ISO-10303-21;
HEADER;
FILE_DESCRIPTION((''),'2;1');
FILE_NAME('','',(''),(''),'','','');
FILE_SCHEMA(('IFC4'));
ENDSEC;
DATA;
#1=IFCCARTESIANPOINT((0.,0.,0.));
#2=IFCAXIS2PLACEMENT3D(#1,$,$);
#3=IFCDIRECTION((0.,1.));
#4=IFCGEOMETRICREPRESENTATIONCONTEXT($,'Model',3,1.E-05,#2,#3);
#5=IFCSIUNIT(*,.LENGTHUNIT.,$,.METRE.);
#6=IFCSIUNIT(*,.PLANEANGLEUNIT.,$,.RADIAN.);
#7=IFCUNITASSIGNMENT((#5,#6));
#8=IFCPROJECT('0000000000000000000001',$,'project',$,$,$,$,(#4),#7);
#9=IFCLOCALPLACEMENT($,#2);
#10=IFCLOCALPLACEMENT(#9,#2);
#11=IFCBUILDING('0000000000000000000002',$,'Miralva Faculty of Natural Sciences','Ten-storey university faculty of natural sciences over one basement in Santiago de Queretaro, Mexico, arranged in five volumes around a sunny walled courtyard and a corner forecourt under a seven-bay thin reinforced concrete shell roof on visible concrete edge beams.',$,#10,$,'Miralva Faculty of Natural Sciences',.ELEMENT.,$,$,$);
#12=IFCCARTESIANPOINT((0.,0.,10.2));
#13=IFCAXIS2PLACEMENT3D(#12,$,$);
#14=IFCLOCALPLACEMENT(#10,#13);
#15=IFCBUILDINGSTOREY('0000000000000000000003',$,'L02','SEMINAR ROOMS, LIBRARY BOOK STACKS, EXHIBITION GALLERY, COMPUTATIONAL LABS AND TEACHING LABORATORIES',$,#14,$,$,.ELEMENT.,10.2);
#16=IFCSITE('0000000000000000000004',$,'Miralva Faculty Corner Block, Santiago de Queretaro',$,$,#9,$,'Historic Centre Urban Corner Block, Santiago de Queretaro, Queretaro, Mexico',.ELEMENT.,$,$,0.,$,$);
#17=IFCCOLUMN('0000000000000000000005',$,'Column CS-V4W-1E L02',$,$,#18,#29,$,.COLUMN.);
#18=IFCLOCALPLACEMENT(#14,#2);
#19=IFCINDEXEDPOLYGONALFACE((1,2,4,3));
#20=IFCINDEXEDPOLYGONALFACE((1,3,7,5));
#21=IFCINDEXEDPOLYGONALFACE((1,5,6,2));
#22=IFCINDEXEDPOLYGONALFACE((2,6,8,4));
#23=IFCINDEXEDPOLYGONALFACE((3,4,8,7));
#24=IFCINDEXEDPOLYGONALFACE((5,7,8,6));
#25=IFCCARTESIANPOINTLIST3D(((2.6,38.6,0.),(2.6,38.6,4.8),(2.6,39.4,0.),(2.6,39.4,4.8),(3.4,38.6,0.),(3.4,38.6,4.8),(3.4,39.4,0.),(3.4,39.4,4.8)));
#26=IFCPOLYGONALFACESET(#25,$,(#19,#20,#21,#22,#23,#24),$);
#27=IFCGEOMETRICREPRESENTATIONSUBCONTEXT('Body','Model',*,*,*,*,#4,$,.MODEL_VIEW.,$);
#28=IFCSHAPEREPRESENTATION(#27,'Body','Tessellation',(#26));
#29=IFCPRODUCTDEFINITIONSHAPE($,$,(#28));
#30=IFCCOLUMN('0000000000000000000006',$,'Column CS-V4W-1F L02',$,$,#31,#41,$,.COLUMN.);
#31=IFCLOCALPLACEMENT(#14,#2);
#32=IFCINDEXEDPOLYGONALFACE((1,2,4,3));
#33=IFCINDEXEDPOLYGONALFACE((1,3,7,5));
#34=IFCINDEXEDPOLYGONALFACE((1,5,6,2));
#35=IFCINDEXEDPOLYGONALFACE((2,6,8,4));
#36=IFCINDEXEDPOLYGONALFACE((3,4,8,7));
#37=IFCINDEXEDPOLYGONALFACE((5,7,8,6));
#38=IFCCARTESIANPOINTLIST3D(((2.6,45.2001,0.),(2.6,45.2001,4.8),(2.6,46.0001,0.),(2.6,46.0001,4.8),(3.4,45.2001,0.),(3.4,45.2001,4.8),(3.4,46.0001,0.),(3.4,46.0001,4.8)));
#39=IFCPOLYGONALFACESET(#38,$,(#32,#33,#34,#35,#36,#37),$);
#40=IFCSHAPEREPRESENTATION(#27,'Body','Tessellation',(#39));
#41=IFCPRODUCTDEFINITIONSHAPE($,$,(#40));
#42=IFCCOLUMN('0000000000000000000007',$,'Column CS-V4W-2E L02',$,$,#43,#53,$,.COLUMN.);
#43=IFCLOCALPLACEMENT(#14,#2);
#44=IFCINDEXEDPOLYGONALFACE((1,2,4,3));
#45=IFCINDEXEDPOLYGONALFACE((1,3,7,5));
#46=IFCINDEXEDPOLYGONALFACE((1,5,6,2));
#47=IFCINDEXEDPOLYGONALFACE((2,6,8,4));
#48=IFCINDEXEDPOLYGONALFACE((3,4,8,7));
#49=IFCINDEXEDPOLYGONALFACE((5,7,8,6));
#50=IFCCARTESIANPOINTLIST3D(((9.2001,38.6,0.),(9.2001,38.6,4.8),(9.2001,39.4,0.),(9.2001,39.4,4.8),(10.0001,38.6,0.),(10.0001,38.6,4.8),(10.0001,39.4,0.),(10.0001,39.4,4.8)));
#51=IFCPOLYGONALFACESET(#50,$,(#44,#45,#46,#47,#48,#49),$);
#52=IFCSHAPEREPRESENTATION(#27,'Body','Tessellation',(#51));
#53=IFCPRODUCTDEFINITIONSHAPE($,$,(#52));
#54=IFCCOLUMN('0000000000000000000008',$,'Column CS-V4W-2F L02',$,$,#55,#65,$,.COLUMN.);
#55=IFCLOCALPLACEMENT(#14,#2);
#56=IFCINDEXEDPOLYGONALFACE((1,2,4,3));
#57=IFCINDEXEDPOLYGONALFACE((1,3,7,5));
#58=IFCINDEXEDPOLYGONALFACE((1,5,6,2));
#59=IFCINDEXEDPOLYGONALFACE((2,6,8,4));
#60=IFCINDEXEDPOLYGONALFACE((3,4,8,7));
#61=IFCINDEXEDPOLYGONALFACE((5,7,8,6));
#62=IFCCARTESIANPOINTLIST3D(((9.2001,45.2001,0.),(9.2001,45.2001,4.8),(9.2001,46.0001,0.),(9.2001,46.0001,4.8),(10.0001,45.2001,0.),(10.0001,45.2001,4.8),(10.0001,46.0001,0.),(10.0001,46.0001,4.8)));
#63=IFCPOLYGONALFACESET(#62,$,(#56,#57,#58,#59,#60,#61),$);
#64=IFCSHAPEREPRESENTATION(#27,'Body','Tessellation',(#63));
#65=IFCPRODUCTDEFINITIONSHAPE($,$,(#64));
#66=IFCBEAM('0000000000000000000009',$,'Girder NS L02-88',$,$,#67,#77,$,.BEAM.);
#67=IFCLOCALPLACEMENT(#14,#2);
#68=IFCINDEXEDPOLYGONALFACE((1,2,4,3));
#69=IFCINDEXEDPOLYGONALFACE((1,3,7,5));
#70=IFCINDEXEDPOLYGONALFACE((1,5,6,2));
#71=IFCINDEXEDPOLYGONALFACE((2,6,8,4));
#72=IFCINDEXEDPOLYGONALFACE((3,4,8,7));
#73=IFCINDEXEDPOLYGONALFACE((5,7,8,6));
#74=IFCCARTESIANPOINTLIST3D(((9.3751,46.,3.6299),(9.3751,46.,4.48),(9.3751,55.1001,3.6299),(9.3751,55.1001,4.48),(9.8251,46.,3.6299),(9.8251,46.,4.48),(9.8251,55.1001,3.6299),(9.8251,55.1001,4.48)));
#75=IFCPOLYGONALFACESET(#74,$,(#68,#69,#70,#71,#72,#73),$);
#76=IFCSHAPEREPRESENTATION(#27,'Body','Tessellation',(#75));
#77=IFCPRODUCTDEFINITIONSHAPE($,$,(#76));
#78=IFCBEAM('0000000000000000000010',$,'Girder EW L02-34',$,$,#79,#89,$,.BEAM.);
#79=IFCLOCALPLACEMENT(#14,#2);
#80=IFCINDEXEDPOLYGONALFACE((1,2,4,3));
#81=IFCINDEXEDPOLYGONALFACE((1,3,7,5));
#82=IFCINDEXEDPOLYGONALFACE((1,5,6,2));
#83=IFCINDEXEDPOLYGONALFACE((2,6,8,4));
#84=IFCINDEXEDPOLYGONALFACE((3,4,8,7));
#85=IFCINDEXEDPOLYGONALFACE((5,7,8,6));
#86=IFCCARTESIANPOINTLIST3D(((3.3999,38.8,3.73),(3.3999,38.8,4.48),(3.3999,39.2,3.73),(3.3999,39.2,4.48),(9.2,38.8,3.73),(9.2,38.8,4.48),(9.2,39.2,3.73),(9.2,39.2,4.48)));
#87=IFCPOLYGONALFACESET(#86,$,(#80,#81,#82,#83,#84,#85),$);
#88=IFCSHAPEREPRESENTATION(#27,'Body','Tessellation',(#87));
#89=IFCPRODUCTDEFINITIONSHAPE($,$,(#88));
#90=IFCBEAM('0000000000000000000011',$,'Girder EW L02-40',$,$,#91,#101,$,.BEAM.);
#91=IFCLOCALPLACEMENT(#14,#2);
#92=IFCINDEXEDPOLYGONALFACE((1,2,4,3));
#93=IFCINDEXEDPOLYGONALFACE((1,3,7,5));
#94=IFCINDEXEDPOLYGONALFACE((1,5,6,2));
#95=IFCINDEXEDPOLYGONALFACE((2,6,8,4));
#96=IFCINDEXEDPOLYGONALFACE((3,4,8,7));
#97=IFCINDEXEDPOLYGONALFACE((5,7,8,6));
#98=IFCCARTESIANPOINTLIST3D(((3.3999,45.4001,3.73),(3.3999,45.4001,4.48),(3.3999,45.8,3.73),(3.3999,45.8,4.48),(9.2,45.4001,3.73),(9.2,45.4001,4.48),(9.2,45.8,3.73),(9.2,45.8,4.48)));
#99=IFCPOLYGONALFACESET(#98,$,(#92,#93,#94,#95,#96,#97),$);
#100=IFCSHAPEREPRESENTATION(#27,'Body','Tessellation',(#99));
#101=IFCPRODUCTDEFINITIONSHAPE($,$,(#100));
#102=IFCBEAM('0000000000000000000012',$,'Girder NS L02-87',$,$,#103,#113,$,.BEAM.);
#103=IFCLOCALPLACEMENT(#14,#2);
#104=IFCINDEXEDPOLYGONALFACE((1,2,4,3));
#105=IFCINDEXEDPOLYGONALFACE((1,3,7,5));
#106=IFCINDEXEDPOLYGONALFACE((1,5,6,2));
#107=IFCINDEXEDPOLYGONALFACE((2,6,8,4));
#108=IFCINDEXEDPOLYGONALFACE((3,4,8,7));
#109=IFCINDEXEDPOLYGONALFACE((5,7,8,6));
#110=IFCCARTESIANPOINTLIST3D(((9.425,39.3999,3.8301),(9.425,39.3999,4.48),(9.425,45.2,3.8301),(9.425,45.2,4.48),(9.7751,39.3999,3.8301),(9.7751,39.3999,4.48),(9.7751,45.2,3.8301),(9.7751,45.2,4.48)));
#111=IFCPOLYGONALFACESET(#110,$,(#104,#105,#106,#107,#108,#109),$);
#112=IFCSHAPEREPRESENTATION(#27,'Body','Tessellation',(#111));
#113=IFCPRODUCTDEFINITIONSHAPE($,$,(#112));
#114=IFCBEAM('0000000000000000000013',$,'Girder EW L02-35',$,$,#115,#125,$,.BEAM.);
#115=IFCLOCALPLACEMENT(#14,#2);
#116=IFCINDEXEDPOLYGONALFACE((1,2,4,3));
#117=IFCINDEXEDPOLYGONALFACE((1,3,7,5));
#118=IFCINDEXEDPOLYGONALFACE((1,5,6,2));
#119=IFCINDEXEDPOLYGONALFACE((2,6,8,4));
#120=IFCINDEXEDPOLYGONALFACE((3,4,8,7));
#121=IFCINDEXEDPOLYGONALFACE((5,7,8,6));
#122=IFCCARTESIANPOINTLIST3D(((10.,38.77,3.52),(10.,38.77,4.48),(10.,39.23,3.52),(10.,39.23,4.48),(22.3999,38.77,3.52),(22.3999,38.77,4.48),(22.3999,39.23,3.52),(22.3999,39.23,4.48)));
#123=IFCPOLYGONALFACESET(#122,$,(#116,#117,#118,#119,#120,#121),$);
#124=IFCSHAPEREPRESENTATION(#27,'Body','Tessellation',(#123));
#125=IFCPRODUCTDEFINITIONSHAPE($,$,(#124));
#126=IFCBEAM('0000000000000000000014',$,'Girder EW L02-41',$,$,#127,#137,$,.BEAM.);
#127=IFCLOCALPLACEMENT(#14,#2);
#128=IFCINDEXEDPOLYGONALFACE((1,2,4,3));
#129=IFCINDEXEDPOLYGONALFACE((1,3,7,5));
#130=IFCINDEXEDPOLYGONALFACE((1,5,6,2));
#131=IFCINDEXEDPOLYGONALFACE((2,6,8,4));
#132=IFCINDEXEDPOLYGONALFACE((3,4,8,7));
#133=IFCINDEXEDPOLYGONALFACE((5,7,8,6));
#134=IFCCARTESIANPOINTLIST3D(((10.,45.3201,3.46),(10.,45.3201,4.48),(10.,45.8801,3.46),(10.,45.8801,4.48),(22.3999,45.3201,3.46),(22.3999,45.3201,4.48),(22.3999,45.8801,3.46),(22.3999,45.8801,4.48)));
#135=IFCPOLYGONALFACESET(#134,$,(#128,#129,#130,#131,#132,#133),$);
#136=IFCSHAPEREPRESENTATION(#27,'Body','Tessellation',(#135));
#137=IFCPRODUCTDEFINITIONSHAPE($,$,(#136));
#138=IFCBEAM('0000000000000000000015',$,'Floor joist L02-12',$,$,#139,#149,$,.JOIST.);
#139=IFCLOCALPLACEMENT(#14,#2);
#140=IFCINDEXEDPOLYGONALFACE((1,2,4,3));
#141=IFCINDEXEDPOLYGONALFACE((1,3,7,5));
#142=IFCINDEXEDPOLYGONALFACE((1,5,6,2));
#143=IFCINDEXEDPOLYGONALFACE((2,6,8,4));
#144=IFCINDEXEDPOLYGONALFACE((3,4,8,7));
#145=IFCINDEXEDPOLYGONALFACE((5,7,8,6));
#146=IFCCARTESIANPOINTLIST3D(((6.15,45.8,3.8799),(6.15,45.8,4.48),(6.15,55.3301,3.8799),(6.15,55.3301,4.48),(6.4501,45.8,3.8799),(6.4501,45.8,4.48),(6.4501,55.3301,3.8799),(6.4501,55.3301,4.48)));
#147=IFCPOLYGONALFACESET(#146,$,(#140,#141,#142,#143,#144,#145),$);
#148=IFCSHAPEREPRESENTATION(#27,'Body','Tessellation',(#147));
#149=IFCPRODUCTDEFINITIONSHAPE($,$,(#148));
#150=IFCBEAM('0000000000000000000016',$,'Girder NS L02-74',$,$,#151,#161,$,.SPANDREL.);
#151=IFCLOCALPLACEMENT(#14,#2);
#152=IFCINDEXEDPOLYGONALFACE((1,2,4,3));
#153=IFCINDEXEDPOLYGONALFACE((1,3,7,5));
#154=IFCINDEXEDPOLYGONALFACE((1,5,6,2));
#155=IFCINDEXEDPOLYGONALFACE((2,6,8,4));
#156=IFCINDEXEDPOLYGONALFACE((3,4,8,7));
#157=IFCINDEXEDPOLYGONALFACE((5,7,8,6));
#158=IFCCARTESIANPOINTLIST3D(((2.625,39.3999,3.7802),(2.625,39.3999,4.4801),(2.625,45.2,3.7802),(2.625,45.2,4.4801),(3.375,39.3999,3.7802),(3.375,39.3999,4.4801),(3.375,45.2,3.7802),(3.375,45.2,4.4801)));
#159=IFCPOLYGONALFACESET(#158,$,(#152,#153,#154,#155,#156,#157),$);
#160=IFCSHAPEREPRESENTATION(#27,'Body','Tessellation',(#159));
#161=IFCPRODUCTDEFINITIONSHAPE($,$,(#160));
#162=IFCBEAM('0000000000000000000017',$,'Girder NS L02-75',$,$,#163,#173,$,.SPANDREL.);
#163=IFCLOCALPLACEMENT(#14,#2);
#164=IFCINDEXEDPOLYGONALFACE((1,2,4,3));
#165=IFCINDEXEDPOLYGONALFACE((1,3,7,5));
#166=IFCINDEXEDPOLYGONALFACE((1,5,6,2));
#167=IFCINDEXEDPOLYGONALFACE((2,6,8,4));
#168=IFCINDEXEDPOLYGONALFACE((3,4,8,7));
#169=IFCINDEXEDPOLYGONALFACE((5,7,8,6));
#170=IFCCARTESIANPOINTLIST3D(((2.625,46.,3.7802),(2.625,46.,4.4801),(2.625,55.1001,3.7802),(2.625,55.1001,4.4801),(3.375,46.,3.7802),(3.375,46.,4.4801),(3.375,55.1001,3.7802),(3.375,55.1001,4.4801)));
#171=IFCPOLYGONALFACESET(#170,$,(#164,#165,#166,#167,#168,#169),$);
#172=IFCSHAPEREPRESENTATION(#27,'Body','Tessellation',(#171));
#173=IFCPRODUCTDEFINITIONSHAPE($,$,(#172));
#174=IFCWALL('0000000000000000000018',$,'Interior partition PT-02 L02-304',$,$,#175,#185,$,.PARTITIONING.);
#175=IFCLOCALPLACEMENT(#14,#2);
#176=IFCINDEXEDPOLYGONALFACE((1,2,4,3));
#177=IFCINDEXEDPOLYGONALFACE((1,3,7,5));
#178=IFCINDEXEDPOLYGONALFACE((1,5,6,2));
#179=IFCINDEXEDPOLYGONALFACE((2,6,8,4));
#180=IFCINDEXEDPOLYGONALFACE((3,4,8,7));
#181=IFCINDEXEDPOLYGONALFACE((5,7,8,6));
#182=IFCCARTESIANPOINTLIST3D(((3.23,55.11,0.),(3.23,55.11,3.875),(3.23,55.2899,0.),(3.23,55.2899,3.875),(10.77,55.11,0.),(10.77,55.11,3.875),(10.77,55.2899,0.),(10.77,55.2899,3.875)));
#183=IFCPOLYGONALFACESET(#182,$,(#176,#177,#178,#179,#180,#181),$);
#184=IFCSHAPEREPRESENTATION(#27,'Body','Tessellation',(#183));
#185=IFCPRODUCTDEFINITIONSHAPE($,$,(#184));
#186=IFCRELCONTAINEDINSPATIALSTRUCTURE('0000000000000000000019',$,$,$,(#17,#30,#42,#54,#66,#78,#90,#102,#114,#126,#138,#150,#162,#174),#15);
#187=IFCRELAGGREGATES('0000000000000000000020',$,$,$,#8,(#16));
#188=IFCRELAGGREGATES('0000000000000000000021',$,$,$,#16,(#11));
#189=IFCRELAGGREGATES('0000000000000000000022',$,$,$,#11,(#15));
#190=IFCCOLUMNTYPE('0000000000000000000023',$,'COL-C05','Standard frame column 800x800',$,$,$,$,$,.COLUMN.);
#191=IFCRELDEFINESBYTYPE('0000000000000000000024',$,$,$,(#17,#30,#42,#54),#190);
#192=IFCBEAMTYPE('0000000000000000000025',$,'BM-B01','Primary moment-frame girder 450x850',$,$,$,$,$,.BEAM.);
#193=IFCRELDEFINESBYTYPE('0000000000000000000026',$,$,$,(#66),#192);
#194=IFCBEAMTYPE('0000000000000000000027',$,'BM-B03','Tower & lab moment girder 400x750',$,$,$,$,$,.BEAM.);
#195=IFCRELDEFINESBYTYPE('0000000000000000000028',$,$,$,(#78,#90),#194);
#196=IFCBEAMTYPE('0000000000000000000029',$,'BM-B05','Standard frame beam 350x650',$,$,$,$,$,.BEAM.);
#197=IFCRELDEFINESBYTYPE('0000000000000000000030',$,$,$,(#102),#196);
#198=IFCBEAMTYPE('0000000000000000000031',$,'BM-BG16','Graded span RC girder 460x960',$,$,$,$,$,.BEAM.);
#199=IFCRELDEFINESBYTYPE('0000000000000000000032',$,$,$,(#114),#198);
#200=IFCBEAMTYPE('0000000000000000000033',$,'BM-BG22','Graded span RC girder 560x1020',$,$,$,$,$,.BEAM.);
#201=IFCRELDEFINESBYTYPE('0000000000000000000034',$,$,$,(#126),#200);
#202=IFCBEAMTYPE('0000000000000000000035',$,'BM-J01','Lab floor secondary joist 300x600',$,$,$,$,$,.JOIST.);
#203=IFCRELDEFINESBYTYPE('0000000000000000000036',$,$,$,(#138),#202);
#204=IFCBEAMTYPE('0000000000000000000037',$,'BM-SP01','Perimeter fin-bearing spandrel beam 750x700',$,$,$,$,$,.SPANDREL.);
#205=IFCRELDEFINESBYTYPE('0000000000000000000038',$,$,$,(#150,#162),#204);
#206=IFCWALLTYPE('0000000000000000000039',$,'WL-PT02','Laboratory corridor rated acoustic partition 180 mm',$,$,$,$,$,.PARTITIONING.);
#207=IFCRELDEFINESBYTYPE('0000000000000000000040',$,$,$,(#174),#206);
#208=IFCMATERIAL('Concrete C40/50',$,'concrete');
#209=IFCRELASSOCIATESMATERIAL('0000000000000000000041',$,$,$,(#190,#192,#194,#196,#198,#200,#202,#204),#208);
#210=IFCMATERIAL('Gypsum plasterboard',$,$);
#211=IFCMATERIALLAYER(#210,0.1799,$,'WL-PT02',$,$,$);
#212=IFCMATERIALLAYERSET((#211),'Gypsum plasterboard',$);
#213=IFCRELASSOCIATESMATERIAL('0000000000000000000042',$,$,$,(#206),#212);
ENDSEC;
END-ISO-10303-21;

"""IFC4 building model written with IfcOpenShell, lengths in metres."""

from ifc_helpers import new_model, si_unit, direction, frame, frame_2d, origin, origin_2d, place, context, subcontext, project, spatial, rectangle, extrude, material, layer, layer_set, material_profile, profile_set, type_object, element, save


model = new_model("IFC4")

# Units and contexts
model_context = context("Model", 3, precision=1e-05, world=origin(), true_north=direction((0.0, 1.0)))
body_context = subcontext(model_context, "Body", "Model", "MODEL_VIEW")
ifc_project = project(units=[si_unit("LENGTHUNIT", "METRE"), si_unit("PLANEANGLEUNIT", "RADIAN")], contexts=[model_context])

# Site, building, storey
site_placement = place(None, origin())
site = spatial("IfcSite", under=ifc_project, at=site_placement, Name="Miralva Faculty Corner Block, Santiago de Queretaro", LongName="Historic Centre Urban Corner Block, Santiago de Queretaro, Queretaro, Mexico", CompositionType="ELEMENT", RefElevation=0.0)
building_placement = place(site_placement, origin())
building = spatial("IfcBuilding", under=site, at=building_placement, Name="Miralva Faculty of Natural Sciences", Description="Ten-storey university faculty of natural sciences over one basement in Santiago de Queretaro, Mexico, arranged in five volumes around a sunny walled courtyard and a corner forecourt under a seven-bay thin reinforced concrete shell roof on visible concrete edge beams.", LongName="Miralva Faculty of Natural Sciences", CompositionType="ELEMENT")
storey_placement = place(building_placement, frame((0.0, 0.0, 10.2)))
storey = spatial("IfcBuildingStorey", under=building, at=storey_placement, Name="L02", Description="SEMINAR ROOMS, LIBRARY BOOK STACKS, EXHIBITION GALLERY, COMPUTATIONAL LABS AND TEACHING LABORATORIES", CompositionType="ELEMENT", Elevation=10.2)

# Columns
ifc_material_1 = material(Name="Concrete C40/50", Category="concrete")
ifc_material_profile_1 = material_profile(ifc_material_1, rectangle(XDim=0.8, YDim=0.8, at=origin_2d()), Name="RC 800x800")
ifc_profile_set_1 = profile_set([ifc_material_profile_1], Name="Concrete C40/50")
column_type = type_object("IfcColumnType", Name="COL-C05", Description="Standard frame column 800x800", PredefinedType="COLUMN", material=ifc_profile_set_1)
for number, where, z_axis, x_axis, name in (
    (1, (3.0, 39.0, 0.0), (0.0, 0.0, 1.0), (1.0, 0.0, 0.0), "Column CS-V4W-1E L02"),
    (2, (3.0, 45.6001, 0.0), (0.0, 0.0, 1.0), (1.0, 0.0, 0.0), "Column CS-V4W-1F L02"),
    (3, (9.6001, 39.0, 0.0), (0.0, 0.0, 1.0), (1.0, 0.0, 0.0), "Column CS-V4W-2E L02"),
    (4, (9.6001, 45.6001, 0.0), (0.0, 0.0, 1.0), (1.0, 0.0, 0.0), "Column CS-V4W-2F L02"),
):
    element("IfcColumn", number, at=place(storey_placement, frame(where, z_axis=z_axis, x_axis=x_axis)), inside=storey, type_object=column_type, Name=name, PredefinedType="COLUMN", context=body_context, shape_type="SweptSolid", body=[
        extrude(rectangle(XDim=0.8, YDim=0.8, at=origin_2d()), origin(), (0.0, 0.0, 1.0), 4.8),
    ])

# Beams
ifc_material_profile_2 = material_profile(ifc_material_1, rectangle(XDim=0.45, YDim=0.8501, at=origin_2d()), Name="RC 450x850")
ifc_profile_set_2 = profile_set([ifc_material_profile_2], Name="Concrete C40/50")
beam_type_1 = type_object("IfcBeamType", Name="BM-B01", Description="Primary moment-frame girder 450x850", PredefinedType="BEAM", material=ifc_profile_set_2)
beam_1_placement = place(storey_placement, frame((9.6001, 46.0, 4.0549), z_axis=(0.0, 1.0, 0.0), x_axis=(-1.0, 0.0, 0.0)))
element("IfcBeam", 5, at=beam_1_placement, inside=storey, type_object=beam_type_1, Name="Girder NS L02-88", PredefinedType="BEAM", context=body_context, shape_type="SweptSolid", body=[
    extrude(rectangle(XDim=0.45, YDim=0.8501, at=origin_2d()), origin(), (0.0, 0.0, 1.0), 9.1001),
])
ifc_material_profile_3 = material_profile(ifc_material_1, rectangle(XDim=0.3999, YDim=0.75, at=origin_2d()), Name="RC 400x750")
ifc_profile_set_3 = profile_set([ifc_material_profile_3], Name="Concrete C40/50")
beam_type_2 = type_object("IfcBeamType", Name="BM-B03", Description="Tower & lab moment girder 400x750", PredefinedType="BEAM", material=ifc_profile_set_3)
for number, where, z_axis, x_axis, name in (
    (6, (3.3999, 39.0, 4.105), (1.0, 0.0, 0.0), (0.0, 1.0, 0.0), "Girder EW L02-34"),
    (7, (3.3999, 45.6001, 4.105), (1.0, 0.0, 0.0), (0.0, 1.0, 0.0), "Girder EW L02-40"),
):
    element("IfcBeam", number, at=place(storey_placement, frame(where, z_axis=z_axis, x_axis=x_axis)), inside=storey, type_object=beam_type_2, Name=name, PredefinedType="BEAM", context=body_context, shape_type="SweptSolid", body=[
        extrude(rectangle(XDim=0.3999, YDim=0.75, at=origin_2d()), origin(), (0.0, 0.0, 1.0), 5.8),
    ])
ifc_material_profile_4 = material_profile(ifc_material_1, rectangle(XDim=0.3501, YDim=0.6499, at=origin_2d()), Name="RC 350x650")
ifc_profile_set_4 = profile_set([ifc_material_profile_4], Name="Concrete C40/50")
beam_type_3 = type_object("IfcBeamType", Name="BM-B05", Description="Standard frame beam 350x650", PredefinedType="BEAM", material=ifc_profile_set_4)
beam_2_placement = place(storey_placement, frame((9.6001, 39.3999, 4.155), z_axis=(0.0, 1.0, 0.0), x_axis=(-1.0, 0.0, 0.0)))
element("IfcBeam", 8, at=beam_2_placement, inside=storey, type_object=beam_type_3, Name="Girder NS L02-87", PredefinedType="BEAM", context=body_context, shape_type="SweptSolid", body=[
    extrude(rectangle(XDim=0.3501, YDim=0.6499, at=origin_2d()), origin(), (0.0, 0.0, 1.0), 5.8),
])
ifc_material_profile_5 = material_profile(ifc_material_1, rectangle(XDim=0.46, YDim=0.96, at=origin_2d()), Name="RC 460x960")
ifc_profile_set_5 = profile_set([ifc_material_profile_5], Name="Concrete C40/50")
beam_type_4 = type_object("IfcBeamType", Name="BM-BG16", Description="Graded span RC girder 460x960", PredefinedType="BEAM", material=ifc_profile_set_5)
beam_3_placement = place(storey_placement, frame((10.0, 39.0, 4.0), z_axis=(1.0, 0.0, 0.0), x_axis=(0.0, 1.0, 0.0)))
element("IfcBeam", 9, at=beam_3_placement, inside=storey, type_object=beam_type_4, Name="Girder EW L02-35", PredefinedType="BEAM", context=body_context, shape_type="SweptSolid", body=[
    extrude(rectangle(XDim=0.46, YDim=0.96, at=origin_2d()), origin(), (0.0, 0.0, 1.0), 12.3999),
])
ifc_material_profile_6 = material_profile(ifc_material_1, rectangle(XDim=0.5601, YDim=1.02, at=origin_2d()), Name="RC 560x1020")
ifc_profile_set_6 = profile_set([ifc_material_profile_6], Name="Concrete C40/50")
beam_type_5 = type_object("IfcBeamType", Name="BM-BG22", Description="Graded span RC girder 560x1020", PredefinedType="BEAM", material=ifc_profile_set_6)
beam_4_placement = place(storey_placement, frame((10.0, 45.6001, 3.97), z_axis=(1.0, 0.0, 0.0), x_axis=(0.0, 1.0, 0.0)))
element("IfcBeam", 10, at=beam_4_placement, inside=storey, type_object=beam_type_5, Name="Girder EW L02-41", PredefinedType="BEAM", context=body_context, shape_type="SweptSolid", body=[
    extrude(rectangle(XDim=0.5601, YDim=1.02, at=origin_2d()), origin(), (0.0, 0.0, 1.0), 12.3999),
])
ifc_material_profile_7 = material_profile(ifc_material_1, rectangle(XDim=0.3, YDim=0.6001, at=origin_2d()), Name="RC 300x600")
ifc_profile_set_7 = profile_set([ifc_material_profile_7], Name="Concrete C40/50")
beam_type_6 = type_object("IfcBeamType", Name="BM-J01", Description="Lab floor secondary joist 300x600", PredefinedType="JOIST", material=ifc_profile_set_7)
beam_5_placement = place(storey_placement, frame((6.3, 45.8, 4.1799), z_axis=(0.0, 1.0, 0.0), x_axis=(-1.0, 0.0, 0.0)))
element("IfcBeam", 11, at=beam_5_placement, inside=storey, type_object=beam_type_6, Name="Floor joist L02-12", PredefinedType="JOIST", context=body_context, shape_type="SweptSolid", body=[
    extrude(rectangle(XDim=0.3, YDim=0.6001, at=origin_2d()), origin(), (0.0, 0.0, 1.0), 9.53),
])
ifc_material_profile_8 = material_profile(ifc_material_1, rectangle(XDim=0.75, YDim=0.7, at=origin_2d()), Name="RC 750x700")
ifc_profile_set_8 = profile_set([ifc_material_profile_8], Name="Concrete C40/50")
beam_type_7 = type_object("IfcBeamType", Name="BM-SP01", Description="Perimeter fin-bearing spandrel beam 750x700", PredefinedType="SPANDREL", material=ifc_profile_set_8)
beam_6_placement = place(storey_placement, frame((3.0, 39.3999, 4.1301), z_axis=(0.0, 1.0, 0.0), x_axis=(-1.0, 0.0, 0.0)))
element("IfcBeam", 12, at=beam_6_placement, inside=storey, type_object=beam_type_7, Name="Girder NS L02-74", PredefinedType="SPANDREL", context=body_context, shape_type="SweptSolid", body=[
    extrude(rectangle(XDim=0.75, YDim=0.7, at=origin_2d()), origin(), (0.0, 0.0, 1.0), 5.8),
])
beam_7_placement = place(storey_placement, frame((3.0, 46.0, 4.1301), z_axis=(0.0, 1.0, 0.0), x_axis=(-1.0, 0.0, 0.0)))
element("IfcBeam", 13, at=beam_7_placement, inside=storey, type_object=beam_type_7, Name="Girder NS L02-75", PredefinedType="SPANDREL", context=body_context, shape_type="SweptSolid", body=[
    extrude(rectangle(XDim=0.75, YDim=0.7, at=origin_2d()), origin(), (0.0, 0.0, 1.0), 9.1001),
])

# Wall
ifc_material_2 = material(Name="Gypsum plasterboard")
ifc_layer_1 = layer(ifc_material_2, 0.1799, Name="WL-PT02")
ifc_layer_set_1 = layer_set([ifc_layer_1], Name="Gypsum plasterboard")
wall_type_1 = type_object("IfcWallType", Name="WL-PT02", Description="Laboratory corridor rated acoustic partition 180 mm", PredefinedType="PARTITIONING", material=ifc_layer_set_1)
wall_1_placement = place(storey_placement, frame((3.23, 55.2, 0.0), z_axis=(0.0, 0.0, 1.0), x_axis=(1.0, 0.0, 0.0)))
element("IfcWall", 14, at=wall_1_placement, inside=storey, type_object=wall_type_1, Name="Interior partition PT-02 L02-304", PredefinedType="PARTITIONING", context=body_context, shape_type="SweptSolid", body=[
    extrude(rectangle(XDim=7.54, YDim=0.1799, at=frame_2d((3.77, 0.0))), origin(), (0.0, 0.0, 1.0), 3.875),
])

save(model, "model.ifc")
